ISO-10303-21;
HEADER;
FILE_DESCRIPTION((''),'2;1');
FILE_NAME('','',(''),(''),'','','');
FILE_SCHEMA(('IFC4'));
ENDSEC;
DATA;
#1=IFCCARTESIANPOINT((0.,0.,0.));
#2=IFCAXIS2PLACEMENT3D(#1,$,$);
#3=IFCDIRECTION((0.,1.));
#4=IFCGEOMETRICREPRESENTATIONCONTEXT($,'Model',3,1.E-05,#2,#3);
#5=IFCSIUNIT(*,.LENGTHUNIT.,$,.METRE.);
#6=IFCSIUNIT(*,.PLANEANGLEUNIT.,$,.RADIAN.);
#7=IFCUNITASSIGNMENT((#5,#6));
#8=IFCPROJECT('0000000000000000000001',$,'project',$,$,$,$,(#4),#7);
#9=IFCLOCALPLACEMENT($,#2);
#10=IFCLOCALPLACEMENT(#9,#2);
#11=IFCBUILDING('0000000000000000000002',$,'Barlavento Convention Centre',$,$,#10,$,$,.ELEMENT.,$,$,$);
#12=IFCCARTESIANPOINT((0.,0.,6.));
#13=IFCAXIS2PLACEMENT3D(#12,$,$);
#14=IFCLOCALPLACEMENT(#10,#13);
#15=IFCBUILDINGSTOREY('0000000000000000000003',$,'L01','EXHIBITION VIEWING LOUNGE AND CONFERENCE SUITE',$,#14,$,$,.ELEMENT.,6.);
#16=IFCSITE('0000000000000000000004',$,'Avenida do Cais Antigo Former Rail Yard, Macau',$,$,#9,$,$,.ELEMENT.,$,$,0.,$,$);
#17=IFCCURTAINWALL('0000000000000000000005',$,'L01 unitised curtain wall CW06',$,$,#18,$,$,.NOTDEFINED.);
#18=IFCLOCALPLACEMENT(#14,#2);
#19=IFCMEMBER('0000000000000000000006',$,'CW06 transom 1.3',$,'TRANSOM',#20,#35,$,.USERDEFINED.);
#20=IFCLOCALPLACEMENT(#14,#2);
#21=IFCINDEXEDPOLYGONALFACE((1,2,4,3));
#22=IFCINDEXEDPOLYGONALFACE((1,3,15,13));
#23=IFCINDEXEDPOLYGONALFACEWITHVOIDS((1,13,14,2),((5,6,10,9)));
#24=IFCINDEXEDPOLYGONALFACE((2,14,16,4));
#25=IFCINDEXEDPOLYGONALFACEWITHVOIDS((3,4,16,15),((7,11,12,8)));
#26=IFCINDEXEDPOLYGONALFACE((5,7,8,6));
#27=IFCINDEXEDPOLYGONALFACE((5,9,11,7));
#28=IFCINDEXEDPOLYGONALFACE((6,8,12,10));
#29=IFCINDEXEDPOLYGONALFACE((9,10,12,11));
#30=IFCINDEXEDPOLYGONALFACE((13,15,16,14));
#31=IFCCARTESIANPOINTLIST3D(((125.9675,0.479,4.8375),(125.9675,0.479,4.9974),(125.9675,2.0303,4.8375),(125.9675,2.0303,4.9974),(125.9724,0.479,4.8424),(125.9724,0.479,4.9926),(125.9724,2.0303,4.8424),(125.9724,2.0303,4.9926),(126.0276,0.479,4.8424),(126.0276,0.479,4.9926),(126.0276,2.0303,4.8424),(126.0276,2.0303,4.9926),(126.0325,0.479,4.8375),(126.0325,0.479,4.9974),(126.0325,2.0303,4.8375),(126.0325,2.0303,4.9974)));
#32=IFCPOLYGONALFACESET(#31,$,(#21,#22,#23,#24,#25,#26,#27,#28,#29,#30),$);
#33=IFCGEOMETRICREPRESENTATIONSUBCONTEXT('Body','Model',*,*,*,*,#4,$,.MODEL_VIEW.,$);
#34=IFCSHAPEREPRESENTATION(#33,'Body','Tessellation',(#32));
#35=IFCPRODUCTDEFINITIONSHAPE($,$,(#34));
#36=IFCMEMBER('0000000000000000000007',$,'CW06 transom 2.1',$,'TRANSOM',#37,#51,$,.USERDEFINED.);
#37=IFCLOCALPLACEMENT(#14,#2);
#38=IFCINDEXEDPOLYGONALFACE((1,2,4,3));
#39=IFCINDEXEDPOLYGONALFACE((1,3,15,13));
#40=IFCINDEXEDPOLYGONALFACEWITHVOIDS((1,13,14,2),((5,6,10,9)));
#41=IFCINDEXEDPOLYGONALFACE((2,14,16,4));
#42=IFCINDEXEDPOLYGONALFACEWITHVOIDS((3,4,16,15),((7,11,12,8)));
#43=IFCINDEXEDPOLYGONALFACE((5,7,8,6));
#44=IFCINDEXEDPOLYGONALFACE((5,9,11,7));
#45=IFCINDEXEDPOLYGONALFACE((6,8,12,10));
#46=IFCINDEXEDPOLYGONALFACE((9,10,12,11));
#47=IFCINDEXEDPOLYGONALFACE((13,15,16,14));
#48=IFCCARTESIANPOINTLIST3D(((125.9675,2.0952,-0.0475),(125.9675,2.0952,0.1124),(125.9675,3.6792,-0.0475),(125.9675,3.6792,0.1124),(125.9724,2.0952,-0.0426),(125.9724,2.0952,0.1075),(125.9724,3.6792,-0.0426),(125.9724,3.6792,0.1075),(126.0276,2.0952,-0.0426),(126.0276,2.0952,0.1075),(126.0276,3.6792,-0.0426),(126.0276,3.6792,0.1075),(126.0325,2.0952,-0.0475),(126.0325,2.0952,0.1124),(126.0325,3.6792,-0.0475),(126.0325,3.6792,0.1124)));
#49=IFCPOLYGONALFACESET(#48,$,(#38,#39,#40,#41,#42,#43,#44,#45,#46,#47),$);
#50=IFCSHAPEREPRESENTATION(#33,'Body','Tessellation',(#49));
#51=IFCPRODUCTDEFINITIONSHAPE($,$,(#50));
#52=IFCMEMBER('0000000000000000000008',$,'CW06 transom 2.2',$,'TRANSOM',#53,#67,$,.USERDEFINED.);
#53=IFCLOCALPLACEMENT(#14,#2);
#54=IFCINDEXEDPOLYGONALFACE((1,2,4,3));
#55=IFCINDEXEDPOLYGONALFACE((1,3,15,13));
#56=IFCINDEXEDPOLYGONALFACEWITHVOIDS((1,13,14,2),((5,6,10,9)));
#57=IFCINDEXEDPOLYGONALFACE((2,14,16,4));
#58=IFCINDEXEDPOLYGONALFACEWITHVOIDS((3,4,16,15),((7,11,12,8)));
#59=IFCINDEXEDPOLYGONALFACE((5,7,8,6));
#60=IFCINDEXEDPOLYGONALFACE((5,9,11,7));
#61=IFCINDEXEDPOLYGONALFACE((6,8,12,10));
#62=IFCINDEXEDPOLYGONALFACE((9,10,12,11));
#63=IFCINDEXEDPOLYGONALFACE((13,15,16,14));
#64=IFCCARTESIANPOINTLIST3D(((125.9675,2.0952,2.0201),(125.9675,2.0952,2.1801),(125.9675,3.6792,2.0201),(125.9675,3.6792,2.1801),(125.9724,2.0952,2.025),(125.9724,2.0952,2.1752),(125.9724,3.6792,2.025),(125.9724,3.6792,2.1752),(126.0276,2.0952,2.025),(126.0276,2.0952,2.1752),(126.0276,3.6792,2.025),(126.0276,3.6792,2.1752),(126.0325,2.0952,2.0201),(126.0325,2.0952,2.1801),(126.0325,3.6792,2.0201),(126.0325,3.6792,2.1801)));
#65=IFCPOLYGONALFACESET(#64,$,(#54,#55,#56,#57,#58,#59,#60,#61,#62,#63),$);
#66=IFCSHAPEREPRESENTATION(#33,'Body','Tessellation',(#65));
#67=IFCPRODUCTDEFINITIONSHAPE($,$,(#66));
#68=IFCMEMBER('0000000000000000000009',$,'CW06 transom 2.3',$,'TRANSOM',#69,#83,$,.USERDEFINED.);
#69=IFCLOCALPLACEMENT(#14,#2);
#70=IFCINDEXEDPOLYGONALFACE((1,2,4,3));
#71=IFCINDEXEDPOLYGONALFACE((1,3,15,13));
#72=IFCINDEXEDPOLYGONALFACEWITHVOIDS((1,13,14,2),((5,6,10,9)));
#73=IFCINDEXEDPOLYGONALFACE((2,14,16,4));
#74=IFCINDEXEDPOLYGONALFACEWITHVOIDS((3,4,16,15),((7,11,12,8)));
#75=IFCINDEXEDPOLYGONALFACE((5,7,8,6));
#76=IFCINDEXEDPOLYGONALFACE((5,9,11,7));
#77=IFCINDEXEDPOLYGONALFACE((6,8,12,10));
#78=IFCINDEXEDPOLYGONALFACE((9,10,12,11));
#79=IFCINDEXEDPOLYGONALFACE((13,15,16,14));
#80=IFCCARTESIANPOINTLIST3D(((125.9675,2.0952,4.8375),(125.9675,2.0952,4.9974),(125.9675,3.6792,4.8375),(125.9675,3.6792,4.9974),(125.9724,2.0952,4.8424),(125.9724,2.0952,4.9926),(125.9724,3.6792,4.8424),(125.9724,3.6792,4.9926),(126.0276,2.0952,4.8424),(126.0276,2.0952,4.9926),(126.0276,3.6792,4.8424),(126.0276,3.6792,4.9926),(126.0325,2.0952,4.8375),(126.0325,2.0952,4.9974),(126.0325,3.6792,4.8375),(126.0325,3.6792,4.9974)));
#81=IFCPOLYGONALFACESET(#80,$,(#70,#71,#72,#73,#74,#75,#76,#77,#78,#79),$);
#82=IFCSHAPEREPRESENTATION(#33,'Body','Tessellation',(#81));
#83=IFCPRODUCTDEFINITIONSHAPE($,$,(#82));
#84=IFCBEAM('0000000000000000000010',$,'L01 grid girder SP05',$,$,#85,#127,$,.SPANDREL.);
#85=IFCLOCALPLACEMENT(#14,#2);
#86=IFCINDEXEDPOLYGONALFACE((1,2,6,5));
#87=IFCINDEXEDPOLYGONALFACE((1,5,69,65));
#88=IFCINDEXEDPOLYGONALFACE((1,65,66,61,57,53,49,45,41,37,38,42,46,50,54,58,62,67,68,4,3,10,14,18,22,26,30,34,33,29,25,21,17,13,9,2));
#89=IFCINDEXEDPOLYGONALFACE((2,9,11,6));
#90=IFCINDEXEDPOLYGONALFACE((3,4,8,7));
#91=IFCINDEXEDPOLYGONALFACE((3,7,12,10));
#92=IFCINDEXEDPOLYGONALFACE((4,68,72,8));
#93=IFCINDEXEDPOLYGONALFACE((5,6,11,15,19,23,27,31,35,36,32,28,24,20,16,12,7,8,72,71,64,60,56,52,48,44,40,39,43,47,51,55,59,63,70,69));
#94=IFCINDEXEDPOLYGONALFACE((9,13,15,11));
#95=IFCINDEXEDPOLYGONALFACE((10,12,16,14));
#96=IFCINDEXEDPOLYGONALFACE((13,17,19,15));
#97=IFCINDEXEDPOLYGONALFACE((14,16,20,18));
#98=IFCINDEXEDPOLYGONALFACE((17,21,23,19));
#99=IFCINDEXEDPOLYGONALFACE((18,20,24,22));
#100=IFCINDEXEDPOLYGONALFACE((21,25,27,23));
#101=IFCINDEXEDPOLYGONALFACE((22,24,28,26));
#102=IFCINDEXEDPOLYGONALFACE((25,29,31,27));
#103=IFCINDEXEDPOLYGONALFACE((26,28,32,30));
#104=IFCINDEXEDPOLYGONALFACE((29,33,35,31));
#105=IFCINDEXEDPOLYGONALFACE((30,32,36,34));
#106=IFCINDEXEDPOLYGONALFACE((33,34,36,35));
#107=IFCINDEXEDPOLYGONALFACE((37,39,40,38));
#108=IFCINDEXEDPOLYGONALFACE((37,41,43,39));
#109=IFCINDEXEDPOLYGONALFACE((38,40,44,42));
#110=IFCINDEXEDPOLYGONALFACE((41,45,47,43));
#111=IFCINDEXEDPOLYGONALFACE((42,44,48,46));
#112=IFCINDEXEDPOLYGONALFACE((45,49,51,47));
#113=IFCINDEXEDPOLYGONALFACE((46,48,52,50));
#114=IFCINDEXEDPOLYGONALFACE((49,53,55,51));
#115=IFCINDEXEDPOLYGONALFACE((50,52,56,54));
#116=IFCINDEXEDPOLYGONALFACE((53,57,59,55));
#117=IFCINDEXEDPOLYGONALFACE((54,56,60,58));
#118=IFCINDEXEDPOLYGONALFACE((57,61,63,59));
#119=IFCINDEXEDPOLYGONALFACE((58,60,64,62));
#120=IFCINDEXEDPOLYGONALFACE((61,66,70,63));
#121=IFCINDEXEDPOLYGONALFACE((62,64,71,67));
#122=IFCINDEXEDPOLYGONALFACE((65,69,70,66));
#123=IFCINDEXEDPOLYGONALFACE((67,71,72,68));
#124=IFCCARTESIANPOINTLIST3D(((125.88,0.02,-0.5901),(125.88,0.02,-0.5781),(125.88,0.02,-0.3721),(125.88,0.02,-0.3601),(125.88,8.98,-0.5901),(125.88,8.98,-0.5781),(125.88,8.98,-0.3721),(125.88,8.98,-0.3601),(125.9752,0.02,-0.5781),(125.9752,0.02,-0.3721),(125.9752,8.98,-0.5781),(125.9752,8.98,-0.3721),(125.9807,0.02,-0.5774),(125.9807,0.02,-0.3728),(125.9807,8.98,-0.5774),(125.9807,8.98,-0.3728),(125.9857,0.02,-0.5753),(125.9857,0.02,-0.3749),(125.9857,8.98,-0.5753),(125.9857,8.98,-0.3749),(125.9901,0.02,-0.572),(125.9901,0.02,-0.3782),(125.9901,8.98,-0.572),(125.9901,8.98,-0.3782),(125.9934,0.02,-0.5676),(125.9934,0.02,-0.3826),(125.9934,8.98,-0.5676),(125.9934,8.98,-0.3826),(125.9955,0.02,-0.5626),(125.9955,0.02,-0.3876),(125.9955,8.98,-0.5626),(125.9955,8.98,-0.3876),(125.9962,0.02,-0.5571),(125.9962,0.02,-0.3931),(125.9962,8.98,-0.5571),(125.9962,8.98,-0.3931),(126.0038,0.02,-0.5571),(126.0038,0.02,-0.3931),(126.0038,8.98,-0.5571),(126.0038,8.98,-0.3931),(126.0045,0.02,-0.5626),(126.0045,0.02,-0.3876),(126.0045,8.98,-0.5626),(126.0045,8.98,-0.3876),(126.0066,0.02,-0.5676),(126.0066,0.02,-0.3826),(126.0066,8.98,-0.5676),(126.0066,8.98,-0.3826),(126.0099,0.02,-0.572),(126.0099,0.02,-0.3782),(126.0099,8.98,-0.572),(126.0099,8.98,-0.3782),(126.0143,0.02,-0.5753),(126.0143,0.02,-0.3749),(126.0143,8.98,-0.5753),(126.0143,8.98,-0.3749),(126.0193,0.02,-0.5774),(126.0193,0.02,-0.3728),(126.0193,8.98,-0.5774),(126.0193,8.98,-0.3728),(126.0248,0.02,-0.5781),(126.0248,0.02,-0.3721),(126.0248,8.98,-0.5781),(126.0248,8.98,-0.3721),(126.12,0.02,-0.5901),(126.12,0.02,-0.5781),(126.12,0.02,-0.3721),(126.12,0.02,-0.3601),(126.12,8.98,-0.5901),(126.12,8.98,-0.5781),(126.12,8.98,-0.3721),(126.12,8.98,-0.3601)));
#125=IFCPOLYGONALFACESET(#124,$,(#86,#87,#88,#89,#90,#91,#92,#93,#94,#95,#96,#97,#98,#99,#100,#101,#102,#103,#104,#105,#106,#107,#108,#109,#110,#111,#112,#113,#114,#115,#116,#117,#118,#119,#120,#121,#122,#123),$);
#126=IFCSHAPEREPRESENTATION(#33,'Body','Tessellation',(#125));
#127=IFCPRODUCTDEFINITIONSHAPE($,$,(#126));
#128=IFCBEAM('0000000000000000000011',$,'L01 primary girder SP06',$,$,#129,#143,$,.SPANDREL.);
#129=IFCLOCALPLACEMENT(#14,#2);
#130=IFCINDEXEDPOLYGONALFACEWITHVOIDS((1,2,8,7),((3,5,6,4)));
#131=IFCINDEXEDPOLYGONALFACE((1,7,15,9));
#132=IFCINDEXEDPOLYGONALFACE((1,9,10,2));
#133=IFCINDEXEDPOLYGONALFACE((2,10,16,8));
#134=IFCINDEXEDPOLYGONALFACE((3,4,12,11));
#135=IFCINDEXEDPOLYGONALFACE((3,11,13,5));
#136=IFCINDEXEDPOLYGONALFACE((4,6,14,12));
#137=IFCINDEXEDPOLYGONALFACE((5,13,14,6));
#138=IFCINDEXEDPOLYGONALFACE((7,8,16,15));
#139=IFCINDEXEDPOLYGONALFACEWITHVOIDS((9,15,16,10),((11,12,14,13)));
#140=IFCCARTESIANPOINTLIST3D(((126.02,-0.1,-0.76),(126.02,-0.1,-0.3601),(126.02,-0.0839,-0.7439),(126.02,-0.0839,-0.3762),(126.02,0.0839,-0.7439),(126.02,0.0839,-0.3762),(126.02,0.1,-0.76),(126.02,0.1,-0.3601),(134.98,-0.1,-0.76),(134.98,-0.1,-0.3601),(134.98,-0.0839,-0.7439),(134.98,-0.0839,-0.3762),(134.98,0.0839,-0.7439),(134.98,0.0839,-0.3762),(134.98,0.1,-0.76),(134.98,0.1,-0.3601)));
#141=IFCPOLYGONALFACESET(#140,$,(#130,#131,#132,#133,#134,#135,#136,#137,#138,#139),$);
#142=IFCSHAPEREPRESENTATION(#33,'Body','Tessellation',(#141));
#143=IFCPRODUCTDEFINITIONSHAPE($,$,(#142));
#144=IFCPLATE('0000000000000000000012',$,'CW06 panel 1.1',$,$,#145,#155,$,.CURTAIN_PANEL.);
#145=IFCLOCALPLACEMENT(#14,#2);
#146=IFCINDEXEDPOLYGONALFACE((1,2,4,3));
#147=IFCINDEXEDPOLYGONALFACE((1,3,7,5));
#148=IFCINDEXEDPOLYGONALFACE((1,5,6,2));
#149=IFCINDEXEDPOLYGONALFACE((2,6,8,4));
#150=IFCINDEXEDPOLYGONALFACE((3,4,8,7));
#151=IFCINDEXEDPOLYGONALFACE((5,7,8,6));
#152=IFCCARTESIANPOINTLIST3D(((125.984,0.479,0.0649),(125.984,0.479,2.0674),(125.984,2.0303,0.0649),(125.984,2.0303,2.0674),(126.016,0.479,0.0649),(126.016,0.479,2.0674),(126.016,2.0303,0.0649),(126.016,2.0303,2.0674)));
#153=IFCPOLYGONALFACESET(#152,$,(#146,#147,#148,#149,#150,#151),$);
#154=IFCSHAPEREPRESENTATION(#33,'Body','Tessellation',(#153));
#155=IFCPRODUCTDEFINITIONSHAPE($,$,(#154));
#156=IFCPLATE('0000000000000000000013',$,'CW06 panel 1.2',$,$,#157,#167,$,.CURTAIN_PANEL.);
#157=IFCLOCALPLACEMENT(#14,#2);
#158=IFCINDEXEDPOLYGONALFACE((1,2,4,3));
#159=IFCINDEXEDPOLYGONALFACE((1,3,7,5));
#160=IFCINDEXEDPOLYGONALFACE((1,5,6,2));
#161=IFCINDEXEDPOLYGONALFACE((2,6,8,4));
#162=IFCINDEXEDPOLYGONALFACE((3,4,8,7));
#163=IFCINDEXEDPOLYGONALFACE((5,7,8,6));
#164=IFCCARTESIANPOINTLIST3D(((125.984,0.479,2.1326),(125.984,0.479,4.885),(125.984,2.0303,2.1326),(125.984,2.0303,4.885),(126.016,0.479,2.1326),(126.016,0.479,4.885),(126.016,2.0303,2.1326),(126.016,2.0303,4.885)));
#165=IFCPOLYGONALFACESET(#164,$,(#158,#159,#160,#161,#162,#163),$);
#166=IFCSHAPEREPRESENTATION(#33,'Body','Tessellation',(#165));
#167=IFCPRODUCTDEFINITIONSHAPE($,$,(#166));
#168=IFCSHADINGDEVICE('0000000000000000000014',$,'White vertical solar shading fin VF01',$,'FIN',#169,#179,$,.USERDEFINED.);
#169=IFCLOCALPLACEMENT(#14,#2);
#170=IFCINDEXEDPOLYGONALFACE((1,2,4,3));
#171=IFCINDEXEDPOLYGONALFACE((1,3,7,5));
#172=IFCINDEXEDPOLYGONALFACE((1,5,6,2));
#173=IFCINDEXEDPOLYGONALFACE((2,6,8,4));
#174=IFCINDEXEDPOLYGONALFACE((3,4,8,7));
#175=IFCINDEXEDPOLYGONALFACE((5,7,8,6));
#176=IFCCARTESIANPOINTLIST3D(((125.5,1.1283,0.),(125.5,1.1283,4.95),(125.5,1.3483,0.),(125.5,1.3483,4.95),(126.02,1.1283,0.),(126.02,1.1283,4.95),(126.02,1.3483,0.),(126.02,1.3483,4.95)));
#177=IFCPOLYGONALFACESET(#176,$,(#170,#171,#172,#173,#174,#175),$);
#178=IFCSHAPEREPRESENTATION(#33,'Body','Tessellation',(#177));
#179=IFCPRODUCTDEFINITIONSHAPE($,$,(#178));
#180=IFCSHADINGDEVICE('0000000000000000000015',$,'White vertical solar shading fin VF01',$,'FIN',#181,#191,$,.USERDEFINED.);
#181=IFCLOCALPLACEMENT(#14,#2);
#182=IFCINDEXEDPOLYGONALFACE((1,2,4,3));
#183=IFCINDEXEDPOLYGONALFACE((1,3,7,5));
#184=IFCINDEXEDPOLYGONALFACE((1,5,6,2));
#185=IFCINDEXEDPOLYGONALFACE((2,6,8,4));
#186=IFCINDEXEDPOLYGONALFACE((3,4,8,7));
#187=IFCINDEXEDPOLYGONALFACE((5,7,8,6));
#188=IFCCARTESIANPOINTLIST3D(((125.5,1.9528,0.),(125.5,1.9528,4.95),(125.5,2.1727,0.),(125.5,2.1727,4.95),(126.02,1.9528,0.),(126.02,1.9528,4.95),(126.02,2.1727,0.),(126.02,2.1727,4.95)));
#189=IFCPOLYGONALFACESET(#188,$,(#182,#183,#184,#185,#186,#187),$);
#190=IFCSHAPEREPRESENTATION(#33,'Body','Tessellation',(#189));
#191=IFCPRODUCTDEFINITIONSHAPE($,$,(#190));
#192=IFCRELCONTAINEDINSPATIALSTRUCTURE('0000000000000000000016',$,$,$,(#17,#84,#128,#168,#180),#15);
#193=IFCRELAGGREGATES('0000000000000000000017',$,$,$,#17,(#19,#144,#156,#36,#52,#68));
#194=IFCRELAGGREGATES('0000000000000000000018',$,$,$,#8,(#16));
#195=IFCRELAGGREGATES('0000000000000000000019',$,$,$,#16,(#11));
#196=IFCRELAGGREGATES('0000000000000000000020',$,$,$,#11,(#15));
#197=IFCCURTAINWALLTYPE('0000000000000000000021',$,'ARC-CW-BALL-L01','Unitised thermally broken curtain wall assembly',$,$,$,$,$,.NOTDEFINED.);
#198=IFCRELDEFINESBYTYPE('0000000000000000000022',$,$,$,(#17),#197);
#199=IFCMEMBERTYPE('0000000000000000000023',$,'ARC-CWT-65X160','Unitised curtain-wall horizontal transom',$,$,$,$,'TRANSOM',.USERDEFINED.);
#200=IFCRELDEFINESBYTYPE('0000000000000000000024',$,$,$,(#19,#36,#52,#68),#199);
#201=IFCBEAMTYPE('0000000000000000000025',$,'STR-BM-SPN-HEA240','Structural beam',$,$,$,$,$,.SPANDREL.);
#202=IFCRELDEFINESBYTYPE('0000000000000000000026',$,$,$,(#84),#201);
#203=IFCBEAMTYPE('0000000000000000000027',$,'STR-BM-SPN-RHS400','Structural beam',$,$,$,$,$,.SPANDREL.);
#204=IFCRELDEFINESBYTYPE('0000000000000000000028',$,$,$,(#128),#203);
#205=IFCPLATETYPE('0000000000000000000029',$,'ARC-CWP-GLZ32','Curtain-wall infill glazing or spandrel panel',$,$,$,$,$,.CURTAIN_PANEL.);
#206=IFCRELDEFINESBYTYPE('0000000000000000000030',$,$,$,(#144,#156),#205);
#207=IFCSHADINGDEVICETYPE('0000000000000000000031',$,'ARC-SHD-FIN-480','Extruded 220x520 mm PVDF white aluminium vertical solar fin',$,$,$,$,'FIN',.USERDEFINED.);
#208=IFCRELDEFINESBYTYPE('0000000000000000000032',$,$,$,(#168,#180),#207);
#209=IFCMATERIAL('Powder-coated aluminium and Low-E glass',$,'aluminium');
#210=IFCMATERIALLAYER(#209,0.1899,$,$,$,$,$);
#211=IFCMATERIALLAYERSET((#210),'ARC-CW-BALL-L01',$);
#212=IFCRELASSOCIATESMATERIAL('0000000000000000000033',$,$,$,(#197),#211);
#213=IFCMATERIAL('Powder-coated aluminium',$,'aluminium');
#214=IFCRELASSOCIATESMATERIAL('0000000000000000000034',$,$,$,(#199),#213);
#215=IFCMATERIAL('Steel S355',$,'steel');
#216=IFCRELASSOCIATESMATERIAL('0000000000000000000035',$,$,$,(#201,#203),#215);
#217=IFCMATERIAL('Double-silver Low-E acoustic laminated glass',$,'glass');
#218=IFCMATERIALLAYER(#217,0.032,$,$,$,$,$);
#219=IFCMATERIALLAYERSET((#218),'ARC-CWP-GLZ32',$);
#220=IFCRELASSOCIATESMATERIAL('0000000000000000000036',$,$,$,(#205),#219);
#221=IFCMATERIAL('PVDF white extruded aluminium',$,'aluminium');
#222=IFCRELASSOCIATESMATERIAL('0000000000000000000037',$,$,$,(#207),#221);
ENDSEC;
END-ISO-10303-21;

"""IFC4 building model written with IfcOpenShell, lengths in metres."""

from ifc_helpers import new_model, si_unit, direction, frame, origin, origin_2d, place, context, subcontext, project, spatial, rectangle, hollow_rectangle, i_section, extrude, material, layer, layer_set, material_profile, profile_set, type_object, element, aggregate, save


model = new_model("IFC4")

# Units and contexts
model_context = context("Model", 3, precision=1e-05, world=origin(), true_north=direction((0.0, 1.0)))
body_context = subcontext(model_context, "Body", "Model", "MODEL_VIEW")
ifc_project = project(units=[si_unit("LENGTHUNIT", "METRE"), si_unit("PLANEANGLEUNIT", "RADIAN")], contexts=[model_context])

# Site, building, storey
site_placement = place(None, origin())
site = spatial("IfcSite", under=ifc_project, at=site_placement, Name="Avenida do Cais Antigo Former Rail Yard, Macau", CompositionType="ELEMENT", RefElevation=0.0)
building_placement = place(site_placement, origin())
building = spatial("IfcBuilding", under=site, at=building_placement, Name="Barlavento Convention Centre", CompositionType="ELEMENT")
storey_placement = place(building_placement, frame((0.0, 0.0, 6.0)))
storey = spatial("IfcBuildingStorey", under=building, at=storey_placement, Name="L01", Description="EXHIBITION VIEWING LOUNGE AND CONFERENCE SUITE", CompositionType="ELEMENT", Elevation=6.0)

# Curtain wall
ifc_material_1 = material(Name="Powder-coated aluminium and Low-E glass", Category="aluminium")
ifc_layer_1 = layer(ifc_material_1, 0.1899)
ifc_layer_set_1 = layer_set([ifc_layer_1], Name="ARC-CW-BALL-L01")
curtain_wall_type = type_object("IfcCurtainWallType", Name="ARC-CW-BALL-L01", Description="Unitised thermally broken curtain wall assembly", PredefinedType="NOTDEFINED", material=ifc_layer_set_1)
curtain_wall_1_placement = place(storey_placement, origin())
curtain_wall_1 = element("IfcCurtainWall", 1, at=curtain_wall_1_placement, inside=storey, type_object=curtain_wall_type, Name="L01 unitised curtain wall CW06", PredefinedType="NOTDEFINED")
ifc_material_2 = material(Name="Powder-coated aluminium", Category="aluminium")
ifc_material_profile_1 = material_profile(ifc_material_2, hollow_rectangle(XDim=0.0649, YDim=0.1599, WallThickness=0.0049, at=origin_2d()), Name="AL-TRAN 65x160x5")
ifc_profile_set_1 = profile_set([ifc_material_profile_1], Name="Powder-coated aluminium")
member_type_1 = type_object("IfcMemberType", Name="ARC-CWT-65X160", Description="Unitised curtain-wall horizontal transom", ElementType="TRANSOM", PredefinedType="USERDEFINED", material=ifc_profile_set_1)

# Members
member_1_placement = place(storey_placement, frame((126.0, 0.479, 4.9175), z_axis=(0.0, 1.0, 0.0), x_axis=(-1.0, 0.0, 0.0)))
member_1 = element("IfcMember", 2, at=member_1_placement, type_object=member_type_1, Name="CW06 transom 1.3", ObjectType="TRANSOM", PredefinedType="USERDEFINED", context=body_context, shape_type="SweptSolid", body=[
    extrude(hollow_rectangle(XDim=0.0649, YDim=0.1599, WallThickness=0.0049, at=origin_2d()), origin(), (0.0, 0.0, 1.0), 1.5513),
])
member_2_placement = place(storey_placement, frame((126.0, 2.0952, 0.0325), z_axis=(0.0, 1.0, 0.0), x_axis=(-1.0, 0.0, 0.0)))
member_2 = element("IfcMember", 3, at=member_2_placement, type_object=member_type_1, Name="CW06 transom 2.1", ObjectType="TRANSOM", PredefinedType="USERDEFINED", context=body_context, shape_type="SweptSolid", body=[
    extrude(hollow_rectangle(XDim=0.0649, YDim=0.1599, WallThickness=0.0049, at=origin_2d()), origin(), (0.0, 0.0, 1.0), 1.584),
])
member_3_placement = place(storey_placement, frame((126.0, 2.0952, 2.1001), z_axis=(0.0, 1.0, 0.0), x_axis=(-1.0, 0.0, 0.0)))
member_3 = element("IfcMember", 4, at=member_3_placement, type_object=member_type_1, Name="CW06 transom 2.2", ObjectType="TRANSOM", PredefinedType="USERDEFINED", context=body_context, shape_type="SweptSolid", body=[
    extrude(hollow_rectangle(XDim=0.0649, YDim=0.1599, WallThickness=0.0049, at=origin_2d()), origin(), (0.0, 0.0, 1.0), 1.584),
])
member_4_placement = place(storey_placement, frame((126.0, 2.0952, 4.9175), z_axis=(0.0, 1.0, 0.0), x_axis=(-1.0, 0.0, 0.0)))
member_4 = element("IfcMember", 5, at=member_4_placement, type_object=member_type_1, Name="CW06 transom 2.3", ObjectType="TRANSOM", PredefinedType="USERDEFINED", context=body_context, shape_type="SweptSolid", body=[
    extrude(hollow_rectangle(XDim=0.0649, YDim=0.1599, WallThickness=0.0049, at=origin_2d()), origin(), (0.0, 0.0, 1.0), 1.584),
])

# Beams
ifc_material_3 = material(Name="Steel S355", Category="steel")
ifc_material_profile_2 = material_profile(ifc_material_3, i_section(OverallWidth=0.24, OverallDepth=0.23, WebThickness=0.0076, FlangeThickness=0.012, FilletRadius=0.021, at=origin_2d()), Name="HEA 240")
ifc_profile_set_2 = profile_set([ifc_material_profile_2], Name="Steel S355")
beam_type_1 = type_object("IfcBeamType", Name="STR-BM-SPN-HEA240", Description="Structural beam", PredefinedType="SPANDREL", material=ifc_profile_set_2)
beam_1_placement = place(storey_placement, frame((126.0, 0.02, -0.4751), z_axis=(0.0, 1.0, 0.0), x_axis=(-1.0, 0.0, 0.0)))
element("IfcBeam", 6, at=beam_1_placement, inside=storey, type_object=beam_type_1, Name="L01 grid girder SP05", PredefinedType="SPANDREL", context=body_context, shape_type="SweptSolid", body=[
    extrude(i_section(OverallWidth=0.24, OverallDepth=0.23, WebThickness=0.0076, FlangeThickness=0.012, FilletRadius=0.021, at=origin_2d()), origin(), (0.0, 0.0, 1.0), 8.96),
])
ifc_material_profile_3 = material_profile(ifc_material_3, hollow_rectangle(XDim=0.2, YDim=0.3999, WallThickness=0.0161, at=origin_2d()), Name="RHS 400x200x16.0")
ifc_profile_set_3 = profile_set([ifc_material_profile_3], Name="Steel S355")
beam_type_2 = type_object("IfcBeamType", Name="STR-BM-SPN-RHS400", Description="Structural beam", PredefinedType="SPANDREL", material=ifc_profile_set_3)
beam_2_placement = place(storey_placement, frame((126.02, 0.0, -0.5601), z_axis=(1.0, 0.0, 0.0), x_axis=(0.0, 1.0, 0.0)))
element("IfcBeam", 7, at=beam_2_placement, inside=storey, type_object=beam_type_2, Name="L01 primary girder SP06", PredefinedType="SPANDREL", context=body_context, shape_type="SweptSolid", body=[
    extrude(hollow_rectangle(XDim=0.2, YDim=0.3999, WallThickness=0.0161, at=origin_2d()), origin(), (0.0, 0.0, 1.0), 8.96),
])

# Plates
ifc_material_4 = material(Name="Double-silver Low-E acoustic laminated glass", Category="glass")
ifc_layer_2 = layer(ifc_material_4, 0.032)
ifc_layer_set_2 = layer_set([ifc_layer_2], Name="ARC-CWP-GLZ32")
plate_type = type_object("IfcPlateType", Name="ARC-CWP-GLZ32", Description="Curtain-wall infill glazing or spandrel panel", PredefinedType="CURTAIN_PANEL", material=ifc_layer_set_2)
plate_1_placement = place(storey_placement, frame((126.0, 1.2546, 0.0649), z_axis=(0.0, 0.0, 1.0), x_axis=(0.0, 1.0, 0.0)))
plate_1 = element("IfcPlate", 8, at=plate_1_placement, type_object=plate_type, Name="CW06 panel 1.1", PredefinedType="CURTAIN_PANEL", context=body_context, shape_type="SweptSolid", body=[
    extrude(rectangle(XDim=1.5513, YDim=0.032, at=origin_2d()), origin(), (0.0, 0.0, 1.0), 2.0024),
])
plate_2_placement = place(storey_placement, frame((126.0, 1.2546, 2.1326), z_axis=(0.0, 0.0, 1.0), x_axis=(0.0, 1.0, 0.0)))
plate_2 = element("IfcPlate", 9, at=plate_2_placement, type_object=plate_type, Name="CW06 panel 1.2", PredefinedType="CURTAIN_PANEL", context=body_context, shape_type="SweptSolid", body=[
    extrude(rectangle(XDim=1.5513, YDim=0.032, at=origin_2d()), origin(), (0.0, 0.0, 1.0), 2.7524),
])
aggregate(curtain_wall_1, [member_1, plate_1, plate_2, member_2, member_3, member_4])

# Shading devices
ifc_material_5 = material(Name="PVDF white extruded aluminium", Category="aluminium")
shading_device_type = type_object("IfcShadingDeviceType", Name="ARC-SHD-FIN-480", Description="Extruded 220x520 mm PVDF white aluminium vertical solar fin", ElementType="FIN", PredefinedType="USERDEFINED", material=ifc_material_5)
for number, where, z_axis, x_axis, name in (
    (10, (125.76, 1.2383, 0.0), (0.0, 0.0, 1.0), (0.0, 1.0, 0.0), "White vertical solar shading fin VF01"),
    (11, (125.76, 2.0627, 0.0), (0.0, 0.0, 1.0), (0.0, 1.0, 0.0), "White vertical solar shading fin VF01"),
):
    element("IfcShadingDevice", number, at=place(storey_placement, frame(where, z_axis=z_axis, x_axis=x_axis)), inside=storey, type_object=shading_device_type, Name=name, ObjectType="FIN", PredefinedType="USERDEFINED", context=body_context, shape_type="SweptSolid", body=[
        extrude(rectangle(XDim=0.22, YDim=0.52, at=origin_2d()), origin(), (0.0, 0.0, 1.0), 4.95),
    ])

save(model, "model.ifc")
